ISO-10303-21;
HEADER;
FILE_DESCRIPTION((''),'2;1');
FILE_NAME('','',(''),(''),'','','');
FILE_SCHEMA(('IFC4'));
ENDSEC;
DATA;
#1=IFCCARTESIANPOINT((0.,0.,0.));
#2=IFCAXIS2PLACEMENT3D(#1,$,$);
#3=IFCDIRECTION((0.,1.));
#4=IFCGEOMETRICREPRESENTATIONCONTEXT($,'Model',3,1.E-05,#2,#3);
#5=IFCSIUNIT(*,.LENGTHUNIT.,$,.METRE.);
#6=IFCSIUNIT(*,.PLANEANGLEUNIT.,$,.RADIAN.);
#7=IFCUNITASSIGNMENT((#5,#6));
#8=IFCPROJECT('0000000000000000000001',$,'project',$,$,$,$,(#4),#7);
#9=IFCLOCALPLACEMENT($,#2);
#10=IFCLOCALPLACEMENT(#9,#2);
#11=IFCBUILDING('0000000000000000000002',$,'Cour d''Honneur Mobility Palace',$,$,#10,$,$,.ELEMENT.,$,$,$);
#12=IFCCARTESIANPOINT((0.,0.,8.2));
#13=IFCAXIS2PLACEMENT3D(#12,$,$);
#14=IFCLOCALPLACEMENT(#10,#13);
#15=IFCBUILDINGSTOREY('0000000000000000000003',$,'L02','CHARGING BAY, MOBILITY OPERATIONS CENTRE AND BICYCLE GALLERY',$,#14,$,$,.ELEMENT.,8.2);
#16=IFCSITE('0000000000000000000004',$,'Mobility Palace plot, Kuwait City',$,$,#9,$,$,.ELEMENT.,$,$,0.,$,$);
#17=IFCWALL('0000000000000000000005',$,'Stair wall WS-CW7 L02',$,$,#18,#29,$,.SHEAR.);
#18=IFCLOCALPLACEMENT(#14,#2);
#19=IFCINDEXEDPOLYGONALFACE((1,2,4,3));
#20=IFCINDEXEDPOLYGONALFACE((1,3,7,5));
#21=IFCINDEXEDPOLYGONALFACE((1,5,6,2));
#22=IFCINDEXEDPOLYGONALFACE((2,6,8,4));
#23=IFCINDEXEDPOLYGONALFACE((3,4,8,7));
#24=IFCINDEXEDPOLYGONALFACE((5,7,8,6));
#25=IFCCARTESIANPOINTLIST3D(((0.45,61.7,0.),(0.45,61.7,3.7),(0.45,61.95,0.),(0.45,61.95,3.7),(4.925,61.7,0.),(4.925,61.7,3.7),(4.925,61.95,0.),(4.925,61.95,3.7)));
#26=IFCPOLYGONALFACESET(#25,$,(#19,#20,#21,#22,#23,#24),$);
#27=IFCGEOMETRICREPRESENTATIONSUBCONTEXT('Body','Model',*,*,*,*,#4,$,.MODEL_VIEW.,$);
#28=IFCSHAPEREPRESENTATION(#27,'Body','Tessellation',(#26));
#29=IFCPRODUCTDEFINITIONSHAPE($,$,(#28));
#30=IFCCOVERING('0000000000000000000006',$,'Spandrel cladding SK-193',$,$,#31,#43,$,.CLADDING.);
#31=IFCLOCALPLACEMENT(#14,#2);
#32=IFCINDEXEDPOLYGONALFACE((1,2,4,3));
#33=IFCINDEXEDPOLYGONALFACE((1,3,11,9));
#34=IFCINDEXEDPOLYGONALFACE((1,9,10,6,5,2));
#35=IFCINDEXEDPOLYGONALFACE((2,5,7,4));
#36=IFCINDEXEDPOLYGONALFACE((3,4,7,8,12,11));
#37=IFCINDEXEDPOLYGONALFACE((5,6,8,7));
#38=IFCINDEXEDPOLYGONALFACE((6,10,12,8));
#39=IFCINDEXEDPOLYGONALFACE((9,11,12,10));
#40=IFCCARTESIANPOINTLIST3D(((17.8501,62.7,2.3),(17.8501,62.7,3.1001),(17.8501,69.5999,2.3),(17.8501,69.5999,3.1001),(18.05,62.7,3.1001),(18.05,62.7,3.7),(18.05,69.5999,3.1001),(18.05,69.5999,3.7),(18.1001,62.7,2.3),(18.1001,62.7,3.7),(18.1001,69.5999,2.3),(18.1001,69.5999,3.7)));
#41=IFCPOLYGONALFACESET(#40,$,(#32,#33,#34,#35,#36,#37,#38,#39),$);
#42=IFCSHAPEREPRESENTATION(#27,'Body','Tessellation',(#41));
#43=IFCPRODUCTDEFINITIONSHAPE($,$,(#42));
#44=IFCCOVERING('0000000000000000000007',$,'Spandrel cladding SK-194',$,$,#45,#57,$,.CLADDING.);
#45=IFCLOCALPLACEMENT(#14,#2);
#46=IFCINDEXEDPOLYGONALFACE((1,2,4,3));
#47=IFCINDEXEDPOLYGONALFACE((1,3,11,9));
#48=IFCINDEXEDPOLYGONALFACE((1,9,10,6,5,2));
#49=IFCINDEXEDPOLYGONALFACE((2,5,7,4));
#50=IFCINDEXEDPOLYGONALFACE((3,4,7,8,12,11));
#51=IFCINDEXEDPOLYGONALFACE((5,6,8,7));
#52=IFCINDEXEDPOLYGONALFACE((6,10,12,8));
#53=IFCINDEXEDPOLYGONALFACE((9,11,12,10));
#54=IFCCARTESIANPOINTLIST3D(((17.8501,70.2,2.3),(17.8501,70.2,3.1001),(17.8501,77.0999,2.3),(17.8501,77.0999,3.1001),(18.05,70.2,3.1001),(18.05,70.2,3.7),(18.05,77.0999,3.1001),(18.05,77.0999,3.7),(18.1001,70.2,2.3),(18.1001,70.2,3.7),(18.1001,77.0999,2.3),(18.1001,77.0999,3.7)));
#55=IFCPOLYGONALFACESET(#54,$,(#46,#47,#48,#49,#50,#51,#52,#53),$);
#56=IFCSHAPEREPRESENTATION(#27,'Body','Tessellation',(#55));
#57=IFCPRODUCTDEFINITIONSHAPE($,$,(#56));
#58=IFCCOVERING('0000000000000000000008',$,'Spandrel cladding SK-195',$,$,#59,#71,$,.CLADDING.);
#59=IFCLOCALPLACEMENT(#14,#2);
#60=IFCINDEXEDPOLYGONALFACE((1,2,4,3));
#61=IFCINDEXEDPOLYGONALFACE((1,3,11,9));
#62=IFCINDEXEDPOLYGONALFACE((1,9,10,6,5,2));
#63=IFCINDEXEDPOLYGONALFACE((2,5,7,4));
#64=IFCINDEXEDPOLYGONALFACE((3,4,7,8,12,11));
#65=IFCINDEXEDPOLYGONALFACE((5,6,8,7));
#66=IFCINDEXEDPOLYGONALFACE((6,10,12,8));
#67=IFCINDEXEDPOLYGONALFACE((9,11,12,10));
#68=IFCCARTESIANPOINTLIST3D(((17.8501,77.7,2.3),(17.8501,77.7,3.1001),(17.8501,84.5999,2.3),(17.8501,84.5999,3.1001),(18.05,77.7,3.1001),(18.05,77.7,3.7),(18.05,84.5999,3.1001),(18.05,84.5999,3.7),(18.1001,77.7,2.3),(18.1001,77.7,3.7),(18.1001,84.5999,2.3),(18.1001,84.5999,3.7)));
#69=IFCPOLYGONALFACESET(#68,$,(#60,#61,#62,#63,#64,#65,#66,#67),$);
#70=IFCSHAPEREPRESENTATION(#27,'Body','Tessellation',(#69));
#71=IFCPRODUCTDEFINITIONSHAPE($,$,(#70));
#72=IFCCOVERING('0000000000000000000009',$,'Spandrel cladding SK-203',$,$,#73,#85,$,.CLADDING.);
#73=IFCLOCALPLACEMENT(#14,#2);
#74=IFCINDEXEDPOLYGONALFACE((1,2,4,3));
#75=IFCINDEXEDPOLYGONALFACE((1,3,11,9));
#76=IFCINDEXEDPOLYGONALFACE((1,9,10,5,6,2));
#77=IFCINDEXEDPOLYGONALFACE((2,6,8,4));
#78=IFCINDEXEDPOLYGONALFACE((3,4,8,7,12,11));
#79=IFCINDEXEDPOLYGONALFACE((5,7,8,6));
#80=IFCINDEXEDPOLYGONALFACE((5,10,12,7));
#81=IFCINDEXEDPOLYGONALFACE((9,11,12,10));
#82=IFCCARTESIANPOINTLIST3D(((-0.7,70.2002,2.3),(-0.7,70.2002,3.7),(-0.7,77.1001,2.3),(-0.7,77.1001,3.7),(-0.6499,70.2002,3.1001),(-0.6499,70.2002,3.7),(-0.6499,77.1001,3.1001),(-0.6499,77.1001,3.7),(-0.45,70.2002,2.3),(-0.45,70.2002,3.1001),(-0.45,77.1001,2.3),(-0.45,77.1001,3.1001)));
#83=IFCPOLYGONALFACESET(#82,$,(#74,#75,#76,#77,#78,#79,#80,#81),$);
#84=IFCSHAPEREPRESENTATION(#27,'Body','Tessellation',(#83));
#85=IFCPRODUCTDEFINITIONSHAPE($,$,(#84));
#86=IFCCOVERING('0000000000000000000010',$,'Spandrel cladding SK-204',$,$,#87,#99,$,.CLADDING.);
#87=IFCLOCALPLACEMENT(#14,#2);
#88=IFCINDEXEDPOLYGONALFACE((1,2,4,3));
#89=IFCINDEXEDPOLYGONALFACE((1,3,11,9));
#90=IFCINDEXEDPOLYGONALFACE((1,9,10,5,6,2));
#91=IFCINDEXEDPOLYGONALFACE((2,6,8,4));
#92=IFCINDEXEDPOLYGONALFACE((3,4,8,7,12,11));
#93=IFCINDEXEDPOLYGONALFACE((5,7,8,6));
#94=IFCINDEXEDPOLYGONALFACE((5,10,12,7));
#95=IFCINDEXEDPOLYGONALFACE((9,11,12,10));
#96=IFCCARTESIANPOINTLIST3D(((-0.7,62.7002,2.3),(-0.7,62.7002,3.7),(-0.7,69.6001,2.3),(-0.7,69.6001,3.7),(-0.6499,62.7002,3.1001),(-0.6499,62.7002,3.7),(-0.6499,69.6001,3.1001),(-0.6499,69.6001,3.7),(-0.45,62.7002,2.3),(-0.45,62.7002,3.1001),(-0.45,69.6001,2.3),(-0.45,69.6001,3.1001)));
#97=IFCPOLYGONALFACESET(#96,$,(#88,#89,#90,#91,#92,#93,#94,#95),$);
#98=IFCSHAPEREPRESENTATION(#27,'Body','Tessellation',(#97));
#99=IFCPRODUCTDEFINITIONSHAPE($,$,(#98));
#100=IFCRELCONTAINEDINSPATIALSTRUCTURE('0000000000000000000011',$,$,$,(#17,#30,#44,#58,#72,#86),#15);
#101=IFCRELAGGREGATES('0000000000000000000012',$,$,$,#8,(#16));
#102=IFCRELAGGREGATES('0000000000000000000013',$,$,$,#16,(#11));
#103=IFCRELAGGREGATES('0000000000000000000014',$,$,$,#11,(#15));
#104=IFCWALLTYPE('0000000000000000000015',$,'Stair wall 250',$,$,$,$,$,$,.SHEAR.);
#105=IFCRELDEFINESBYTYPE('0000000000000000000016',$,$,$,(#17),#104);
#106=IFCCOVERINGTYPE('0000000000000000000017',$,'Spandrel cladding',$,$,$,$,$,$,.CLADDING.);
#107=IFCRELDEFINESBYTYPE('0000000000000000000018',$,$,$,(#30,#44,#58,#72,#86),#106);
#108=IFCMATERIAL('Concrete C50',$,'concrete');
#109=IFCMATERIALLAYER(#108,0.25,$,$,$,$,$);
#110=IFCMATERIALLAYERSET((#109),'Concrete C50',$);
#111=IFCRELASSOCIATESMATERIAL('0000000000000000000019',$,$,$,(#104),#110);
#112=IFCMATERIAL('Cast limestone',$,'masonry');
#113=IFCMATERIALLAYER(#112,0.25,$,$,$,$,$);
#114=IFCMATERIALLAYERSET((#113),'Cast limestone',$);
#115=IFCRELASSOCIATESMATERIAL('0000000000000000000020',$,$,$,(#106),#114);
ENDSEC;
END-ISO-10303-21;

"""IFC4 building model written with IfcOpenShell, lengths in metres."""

from ifc_helpers import new_model, si_unit, direction, frame, frame_2d, origin, place, context, subcontext, project, spatial, polyline, rectangle, outline, extrude, material, layer, layer_set, type_object, element, save


model = new_model("IFC4")

# Units and contexts
model_context = context("Model", 3, precision=1e-05, world=origin(), true_north=direction((0.0, 1.0)))
body_context = subcontext(model_context, "Body", "Model", "MODEL_VIEW")
ifc_project = project(units=[si_unit("LENGTHUNIT", "METRE"), si_unit("PLANEANGLEUNIT", "RADIAN")], contexts=[model_context])

# Site, building, storey
site_placement = place(None, origin())
site = spatial("IfcSite", under=ifc_project, at=site_placement, Name="Mobility Palace plot, Kuwait City", CompositionType="ELEMENT", RefElevation=0.0)
building_placement = place(site_placement, origin())
building = spatial("IfcBuilding", under=site, at=building_placement, Name="Cour d'Honneur Mobility Palace", CompositionType="ELEMENT")
storey_placement = place(building_placement, frame((0.0, 0.0, 8.2)))
storey = spatial("IfcBuildingStorey", under=building, at=storey_placement, Name="L02", Description="CHARGING BAY, MOBILITY OPERATIONS CENTRE AND BICYCLE GALLERY", CompositionType="ELEMENT", Elevation=8.2)

# Wall
ifc_material_1 = material(Name="Concrete C50", Category="concrete")
ifc_layer_1 = layer(ifc_material_1, 0.25)
ifc_layer_set_1 = layer_set([ifc_layer_1], Name="Concrete C50")
wall_type_1 = type_object("IfcWallType", Name="Stair wall 250", PredefinedType="SHEAR", material=ifc_layer_set_1)
wall_1_placement = place(storey_placement, frame((0.45, 61.825, 0.0), z_axis=(0.0, 0.0, 1.0), x_axis=(1.0, 0.0, 0.0)))
element("IfcWall", 1, at=wall_1_placement, inside=storey, type_object=wall_type_1, Name="Stair wall WS-CW7 L02", PredefinedType="SHEAR", context=body_context, shape_type="SweptSolid", body=[
    extrude(rectangle(XDim=4.4751, YDim=0.25, at=frame_2d((2.2375, 0.0))), origin(), (0.0, 0.0, 1.0), 3.7),
])

# Coverings
ifc_material_2 = material(Name="Cast limestone", Category="masonry")
ifc_layer_2 = layer(ifc_material_2, 0.25)
ifc_layer_set_2 = layer_set([ifc_layer_2], Name="Cast limestone")
covering_type = type_object("IfcCoveringType", Name="Spandrel cladding", PredefinedType="CLADDING", material=ifc_layer_set_2)
for number, where, z_axis, x_axis, name in (
    (2, (17.8501, 62.7, 2.3), (0.0, -1.0, 0.0), (1.0, 0.0, 0.0), "Spandrel cladding SK-193"),
    (3, (17.8501, 70.2, 2.3), (0.0, -1.0, 0.0), (1.0, 0.0, 0.0), "Spandrel cladding SK-194"),
    (4, (17.8501, 77.7, 2.3), (0.0, -1.0, 0.0), (1.0, 0.0, 0.0), "Spandrel cladding SK-195"),
    (5, (-0.45, 77.1001, 2.3), (0.0, 1.0, 0.0), (-1.0, 0.0, 0.0), "Spandrel cladding SK-203"),
    (6, (-0.45, 69.6001, 2.3), (0.0, 1.0, 0.0), (-1.0, 0.0, 0.0), "Spandrel cladding SK-204"),
):
    element("IfcCovering", number, at=place(storey_placement, frame(where, z_axis=z_axis, x_axis=x_axis)), inside=storey, type_object=covering_type, Name=name, PredefinedType="CLADDING", context=body_context, shape_type="SweptSolid", body=[
        extrude(outline(polyline([(0.0, 0.0), (0.25, 0.0), (0.25, 1.3999), (0.2, 1.3999), (0.2, 0.8), (0.0, 0.8), (0.0, 0.0)])), origin(), (0.0, 0.0, -1.0), 6.8999),
    ])

save(model, "model.ifc")
